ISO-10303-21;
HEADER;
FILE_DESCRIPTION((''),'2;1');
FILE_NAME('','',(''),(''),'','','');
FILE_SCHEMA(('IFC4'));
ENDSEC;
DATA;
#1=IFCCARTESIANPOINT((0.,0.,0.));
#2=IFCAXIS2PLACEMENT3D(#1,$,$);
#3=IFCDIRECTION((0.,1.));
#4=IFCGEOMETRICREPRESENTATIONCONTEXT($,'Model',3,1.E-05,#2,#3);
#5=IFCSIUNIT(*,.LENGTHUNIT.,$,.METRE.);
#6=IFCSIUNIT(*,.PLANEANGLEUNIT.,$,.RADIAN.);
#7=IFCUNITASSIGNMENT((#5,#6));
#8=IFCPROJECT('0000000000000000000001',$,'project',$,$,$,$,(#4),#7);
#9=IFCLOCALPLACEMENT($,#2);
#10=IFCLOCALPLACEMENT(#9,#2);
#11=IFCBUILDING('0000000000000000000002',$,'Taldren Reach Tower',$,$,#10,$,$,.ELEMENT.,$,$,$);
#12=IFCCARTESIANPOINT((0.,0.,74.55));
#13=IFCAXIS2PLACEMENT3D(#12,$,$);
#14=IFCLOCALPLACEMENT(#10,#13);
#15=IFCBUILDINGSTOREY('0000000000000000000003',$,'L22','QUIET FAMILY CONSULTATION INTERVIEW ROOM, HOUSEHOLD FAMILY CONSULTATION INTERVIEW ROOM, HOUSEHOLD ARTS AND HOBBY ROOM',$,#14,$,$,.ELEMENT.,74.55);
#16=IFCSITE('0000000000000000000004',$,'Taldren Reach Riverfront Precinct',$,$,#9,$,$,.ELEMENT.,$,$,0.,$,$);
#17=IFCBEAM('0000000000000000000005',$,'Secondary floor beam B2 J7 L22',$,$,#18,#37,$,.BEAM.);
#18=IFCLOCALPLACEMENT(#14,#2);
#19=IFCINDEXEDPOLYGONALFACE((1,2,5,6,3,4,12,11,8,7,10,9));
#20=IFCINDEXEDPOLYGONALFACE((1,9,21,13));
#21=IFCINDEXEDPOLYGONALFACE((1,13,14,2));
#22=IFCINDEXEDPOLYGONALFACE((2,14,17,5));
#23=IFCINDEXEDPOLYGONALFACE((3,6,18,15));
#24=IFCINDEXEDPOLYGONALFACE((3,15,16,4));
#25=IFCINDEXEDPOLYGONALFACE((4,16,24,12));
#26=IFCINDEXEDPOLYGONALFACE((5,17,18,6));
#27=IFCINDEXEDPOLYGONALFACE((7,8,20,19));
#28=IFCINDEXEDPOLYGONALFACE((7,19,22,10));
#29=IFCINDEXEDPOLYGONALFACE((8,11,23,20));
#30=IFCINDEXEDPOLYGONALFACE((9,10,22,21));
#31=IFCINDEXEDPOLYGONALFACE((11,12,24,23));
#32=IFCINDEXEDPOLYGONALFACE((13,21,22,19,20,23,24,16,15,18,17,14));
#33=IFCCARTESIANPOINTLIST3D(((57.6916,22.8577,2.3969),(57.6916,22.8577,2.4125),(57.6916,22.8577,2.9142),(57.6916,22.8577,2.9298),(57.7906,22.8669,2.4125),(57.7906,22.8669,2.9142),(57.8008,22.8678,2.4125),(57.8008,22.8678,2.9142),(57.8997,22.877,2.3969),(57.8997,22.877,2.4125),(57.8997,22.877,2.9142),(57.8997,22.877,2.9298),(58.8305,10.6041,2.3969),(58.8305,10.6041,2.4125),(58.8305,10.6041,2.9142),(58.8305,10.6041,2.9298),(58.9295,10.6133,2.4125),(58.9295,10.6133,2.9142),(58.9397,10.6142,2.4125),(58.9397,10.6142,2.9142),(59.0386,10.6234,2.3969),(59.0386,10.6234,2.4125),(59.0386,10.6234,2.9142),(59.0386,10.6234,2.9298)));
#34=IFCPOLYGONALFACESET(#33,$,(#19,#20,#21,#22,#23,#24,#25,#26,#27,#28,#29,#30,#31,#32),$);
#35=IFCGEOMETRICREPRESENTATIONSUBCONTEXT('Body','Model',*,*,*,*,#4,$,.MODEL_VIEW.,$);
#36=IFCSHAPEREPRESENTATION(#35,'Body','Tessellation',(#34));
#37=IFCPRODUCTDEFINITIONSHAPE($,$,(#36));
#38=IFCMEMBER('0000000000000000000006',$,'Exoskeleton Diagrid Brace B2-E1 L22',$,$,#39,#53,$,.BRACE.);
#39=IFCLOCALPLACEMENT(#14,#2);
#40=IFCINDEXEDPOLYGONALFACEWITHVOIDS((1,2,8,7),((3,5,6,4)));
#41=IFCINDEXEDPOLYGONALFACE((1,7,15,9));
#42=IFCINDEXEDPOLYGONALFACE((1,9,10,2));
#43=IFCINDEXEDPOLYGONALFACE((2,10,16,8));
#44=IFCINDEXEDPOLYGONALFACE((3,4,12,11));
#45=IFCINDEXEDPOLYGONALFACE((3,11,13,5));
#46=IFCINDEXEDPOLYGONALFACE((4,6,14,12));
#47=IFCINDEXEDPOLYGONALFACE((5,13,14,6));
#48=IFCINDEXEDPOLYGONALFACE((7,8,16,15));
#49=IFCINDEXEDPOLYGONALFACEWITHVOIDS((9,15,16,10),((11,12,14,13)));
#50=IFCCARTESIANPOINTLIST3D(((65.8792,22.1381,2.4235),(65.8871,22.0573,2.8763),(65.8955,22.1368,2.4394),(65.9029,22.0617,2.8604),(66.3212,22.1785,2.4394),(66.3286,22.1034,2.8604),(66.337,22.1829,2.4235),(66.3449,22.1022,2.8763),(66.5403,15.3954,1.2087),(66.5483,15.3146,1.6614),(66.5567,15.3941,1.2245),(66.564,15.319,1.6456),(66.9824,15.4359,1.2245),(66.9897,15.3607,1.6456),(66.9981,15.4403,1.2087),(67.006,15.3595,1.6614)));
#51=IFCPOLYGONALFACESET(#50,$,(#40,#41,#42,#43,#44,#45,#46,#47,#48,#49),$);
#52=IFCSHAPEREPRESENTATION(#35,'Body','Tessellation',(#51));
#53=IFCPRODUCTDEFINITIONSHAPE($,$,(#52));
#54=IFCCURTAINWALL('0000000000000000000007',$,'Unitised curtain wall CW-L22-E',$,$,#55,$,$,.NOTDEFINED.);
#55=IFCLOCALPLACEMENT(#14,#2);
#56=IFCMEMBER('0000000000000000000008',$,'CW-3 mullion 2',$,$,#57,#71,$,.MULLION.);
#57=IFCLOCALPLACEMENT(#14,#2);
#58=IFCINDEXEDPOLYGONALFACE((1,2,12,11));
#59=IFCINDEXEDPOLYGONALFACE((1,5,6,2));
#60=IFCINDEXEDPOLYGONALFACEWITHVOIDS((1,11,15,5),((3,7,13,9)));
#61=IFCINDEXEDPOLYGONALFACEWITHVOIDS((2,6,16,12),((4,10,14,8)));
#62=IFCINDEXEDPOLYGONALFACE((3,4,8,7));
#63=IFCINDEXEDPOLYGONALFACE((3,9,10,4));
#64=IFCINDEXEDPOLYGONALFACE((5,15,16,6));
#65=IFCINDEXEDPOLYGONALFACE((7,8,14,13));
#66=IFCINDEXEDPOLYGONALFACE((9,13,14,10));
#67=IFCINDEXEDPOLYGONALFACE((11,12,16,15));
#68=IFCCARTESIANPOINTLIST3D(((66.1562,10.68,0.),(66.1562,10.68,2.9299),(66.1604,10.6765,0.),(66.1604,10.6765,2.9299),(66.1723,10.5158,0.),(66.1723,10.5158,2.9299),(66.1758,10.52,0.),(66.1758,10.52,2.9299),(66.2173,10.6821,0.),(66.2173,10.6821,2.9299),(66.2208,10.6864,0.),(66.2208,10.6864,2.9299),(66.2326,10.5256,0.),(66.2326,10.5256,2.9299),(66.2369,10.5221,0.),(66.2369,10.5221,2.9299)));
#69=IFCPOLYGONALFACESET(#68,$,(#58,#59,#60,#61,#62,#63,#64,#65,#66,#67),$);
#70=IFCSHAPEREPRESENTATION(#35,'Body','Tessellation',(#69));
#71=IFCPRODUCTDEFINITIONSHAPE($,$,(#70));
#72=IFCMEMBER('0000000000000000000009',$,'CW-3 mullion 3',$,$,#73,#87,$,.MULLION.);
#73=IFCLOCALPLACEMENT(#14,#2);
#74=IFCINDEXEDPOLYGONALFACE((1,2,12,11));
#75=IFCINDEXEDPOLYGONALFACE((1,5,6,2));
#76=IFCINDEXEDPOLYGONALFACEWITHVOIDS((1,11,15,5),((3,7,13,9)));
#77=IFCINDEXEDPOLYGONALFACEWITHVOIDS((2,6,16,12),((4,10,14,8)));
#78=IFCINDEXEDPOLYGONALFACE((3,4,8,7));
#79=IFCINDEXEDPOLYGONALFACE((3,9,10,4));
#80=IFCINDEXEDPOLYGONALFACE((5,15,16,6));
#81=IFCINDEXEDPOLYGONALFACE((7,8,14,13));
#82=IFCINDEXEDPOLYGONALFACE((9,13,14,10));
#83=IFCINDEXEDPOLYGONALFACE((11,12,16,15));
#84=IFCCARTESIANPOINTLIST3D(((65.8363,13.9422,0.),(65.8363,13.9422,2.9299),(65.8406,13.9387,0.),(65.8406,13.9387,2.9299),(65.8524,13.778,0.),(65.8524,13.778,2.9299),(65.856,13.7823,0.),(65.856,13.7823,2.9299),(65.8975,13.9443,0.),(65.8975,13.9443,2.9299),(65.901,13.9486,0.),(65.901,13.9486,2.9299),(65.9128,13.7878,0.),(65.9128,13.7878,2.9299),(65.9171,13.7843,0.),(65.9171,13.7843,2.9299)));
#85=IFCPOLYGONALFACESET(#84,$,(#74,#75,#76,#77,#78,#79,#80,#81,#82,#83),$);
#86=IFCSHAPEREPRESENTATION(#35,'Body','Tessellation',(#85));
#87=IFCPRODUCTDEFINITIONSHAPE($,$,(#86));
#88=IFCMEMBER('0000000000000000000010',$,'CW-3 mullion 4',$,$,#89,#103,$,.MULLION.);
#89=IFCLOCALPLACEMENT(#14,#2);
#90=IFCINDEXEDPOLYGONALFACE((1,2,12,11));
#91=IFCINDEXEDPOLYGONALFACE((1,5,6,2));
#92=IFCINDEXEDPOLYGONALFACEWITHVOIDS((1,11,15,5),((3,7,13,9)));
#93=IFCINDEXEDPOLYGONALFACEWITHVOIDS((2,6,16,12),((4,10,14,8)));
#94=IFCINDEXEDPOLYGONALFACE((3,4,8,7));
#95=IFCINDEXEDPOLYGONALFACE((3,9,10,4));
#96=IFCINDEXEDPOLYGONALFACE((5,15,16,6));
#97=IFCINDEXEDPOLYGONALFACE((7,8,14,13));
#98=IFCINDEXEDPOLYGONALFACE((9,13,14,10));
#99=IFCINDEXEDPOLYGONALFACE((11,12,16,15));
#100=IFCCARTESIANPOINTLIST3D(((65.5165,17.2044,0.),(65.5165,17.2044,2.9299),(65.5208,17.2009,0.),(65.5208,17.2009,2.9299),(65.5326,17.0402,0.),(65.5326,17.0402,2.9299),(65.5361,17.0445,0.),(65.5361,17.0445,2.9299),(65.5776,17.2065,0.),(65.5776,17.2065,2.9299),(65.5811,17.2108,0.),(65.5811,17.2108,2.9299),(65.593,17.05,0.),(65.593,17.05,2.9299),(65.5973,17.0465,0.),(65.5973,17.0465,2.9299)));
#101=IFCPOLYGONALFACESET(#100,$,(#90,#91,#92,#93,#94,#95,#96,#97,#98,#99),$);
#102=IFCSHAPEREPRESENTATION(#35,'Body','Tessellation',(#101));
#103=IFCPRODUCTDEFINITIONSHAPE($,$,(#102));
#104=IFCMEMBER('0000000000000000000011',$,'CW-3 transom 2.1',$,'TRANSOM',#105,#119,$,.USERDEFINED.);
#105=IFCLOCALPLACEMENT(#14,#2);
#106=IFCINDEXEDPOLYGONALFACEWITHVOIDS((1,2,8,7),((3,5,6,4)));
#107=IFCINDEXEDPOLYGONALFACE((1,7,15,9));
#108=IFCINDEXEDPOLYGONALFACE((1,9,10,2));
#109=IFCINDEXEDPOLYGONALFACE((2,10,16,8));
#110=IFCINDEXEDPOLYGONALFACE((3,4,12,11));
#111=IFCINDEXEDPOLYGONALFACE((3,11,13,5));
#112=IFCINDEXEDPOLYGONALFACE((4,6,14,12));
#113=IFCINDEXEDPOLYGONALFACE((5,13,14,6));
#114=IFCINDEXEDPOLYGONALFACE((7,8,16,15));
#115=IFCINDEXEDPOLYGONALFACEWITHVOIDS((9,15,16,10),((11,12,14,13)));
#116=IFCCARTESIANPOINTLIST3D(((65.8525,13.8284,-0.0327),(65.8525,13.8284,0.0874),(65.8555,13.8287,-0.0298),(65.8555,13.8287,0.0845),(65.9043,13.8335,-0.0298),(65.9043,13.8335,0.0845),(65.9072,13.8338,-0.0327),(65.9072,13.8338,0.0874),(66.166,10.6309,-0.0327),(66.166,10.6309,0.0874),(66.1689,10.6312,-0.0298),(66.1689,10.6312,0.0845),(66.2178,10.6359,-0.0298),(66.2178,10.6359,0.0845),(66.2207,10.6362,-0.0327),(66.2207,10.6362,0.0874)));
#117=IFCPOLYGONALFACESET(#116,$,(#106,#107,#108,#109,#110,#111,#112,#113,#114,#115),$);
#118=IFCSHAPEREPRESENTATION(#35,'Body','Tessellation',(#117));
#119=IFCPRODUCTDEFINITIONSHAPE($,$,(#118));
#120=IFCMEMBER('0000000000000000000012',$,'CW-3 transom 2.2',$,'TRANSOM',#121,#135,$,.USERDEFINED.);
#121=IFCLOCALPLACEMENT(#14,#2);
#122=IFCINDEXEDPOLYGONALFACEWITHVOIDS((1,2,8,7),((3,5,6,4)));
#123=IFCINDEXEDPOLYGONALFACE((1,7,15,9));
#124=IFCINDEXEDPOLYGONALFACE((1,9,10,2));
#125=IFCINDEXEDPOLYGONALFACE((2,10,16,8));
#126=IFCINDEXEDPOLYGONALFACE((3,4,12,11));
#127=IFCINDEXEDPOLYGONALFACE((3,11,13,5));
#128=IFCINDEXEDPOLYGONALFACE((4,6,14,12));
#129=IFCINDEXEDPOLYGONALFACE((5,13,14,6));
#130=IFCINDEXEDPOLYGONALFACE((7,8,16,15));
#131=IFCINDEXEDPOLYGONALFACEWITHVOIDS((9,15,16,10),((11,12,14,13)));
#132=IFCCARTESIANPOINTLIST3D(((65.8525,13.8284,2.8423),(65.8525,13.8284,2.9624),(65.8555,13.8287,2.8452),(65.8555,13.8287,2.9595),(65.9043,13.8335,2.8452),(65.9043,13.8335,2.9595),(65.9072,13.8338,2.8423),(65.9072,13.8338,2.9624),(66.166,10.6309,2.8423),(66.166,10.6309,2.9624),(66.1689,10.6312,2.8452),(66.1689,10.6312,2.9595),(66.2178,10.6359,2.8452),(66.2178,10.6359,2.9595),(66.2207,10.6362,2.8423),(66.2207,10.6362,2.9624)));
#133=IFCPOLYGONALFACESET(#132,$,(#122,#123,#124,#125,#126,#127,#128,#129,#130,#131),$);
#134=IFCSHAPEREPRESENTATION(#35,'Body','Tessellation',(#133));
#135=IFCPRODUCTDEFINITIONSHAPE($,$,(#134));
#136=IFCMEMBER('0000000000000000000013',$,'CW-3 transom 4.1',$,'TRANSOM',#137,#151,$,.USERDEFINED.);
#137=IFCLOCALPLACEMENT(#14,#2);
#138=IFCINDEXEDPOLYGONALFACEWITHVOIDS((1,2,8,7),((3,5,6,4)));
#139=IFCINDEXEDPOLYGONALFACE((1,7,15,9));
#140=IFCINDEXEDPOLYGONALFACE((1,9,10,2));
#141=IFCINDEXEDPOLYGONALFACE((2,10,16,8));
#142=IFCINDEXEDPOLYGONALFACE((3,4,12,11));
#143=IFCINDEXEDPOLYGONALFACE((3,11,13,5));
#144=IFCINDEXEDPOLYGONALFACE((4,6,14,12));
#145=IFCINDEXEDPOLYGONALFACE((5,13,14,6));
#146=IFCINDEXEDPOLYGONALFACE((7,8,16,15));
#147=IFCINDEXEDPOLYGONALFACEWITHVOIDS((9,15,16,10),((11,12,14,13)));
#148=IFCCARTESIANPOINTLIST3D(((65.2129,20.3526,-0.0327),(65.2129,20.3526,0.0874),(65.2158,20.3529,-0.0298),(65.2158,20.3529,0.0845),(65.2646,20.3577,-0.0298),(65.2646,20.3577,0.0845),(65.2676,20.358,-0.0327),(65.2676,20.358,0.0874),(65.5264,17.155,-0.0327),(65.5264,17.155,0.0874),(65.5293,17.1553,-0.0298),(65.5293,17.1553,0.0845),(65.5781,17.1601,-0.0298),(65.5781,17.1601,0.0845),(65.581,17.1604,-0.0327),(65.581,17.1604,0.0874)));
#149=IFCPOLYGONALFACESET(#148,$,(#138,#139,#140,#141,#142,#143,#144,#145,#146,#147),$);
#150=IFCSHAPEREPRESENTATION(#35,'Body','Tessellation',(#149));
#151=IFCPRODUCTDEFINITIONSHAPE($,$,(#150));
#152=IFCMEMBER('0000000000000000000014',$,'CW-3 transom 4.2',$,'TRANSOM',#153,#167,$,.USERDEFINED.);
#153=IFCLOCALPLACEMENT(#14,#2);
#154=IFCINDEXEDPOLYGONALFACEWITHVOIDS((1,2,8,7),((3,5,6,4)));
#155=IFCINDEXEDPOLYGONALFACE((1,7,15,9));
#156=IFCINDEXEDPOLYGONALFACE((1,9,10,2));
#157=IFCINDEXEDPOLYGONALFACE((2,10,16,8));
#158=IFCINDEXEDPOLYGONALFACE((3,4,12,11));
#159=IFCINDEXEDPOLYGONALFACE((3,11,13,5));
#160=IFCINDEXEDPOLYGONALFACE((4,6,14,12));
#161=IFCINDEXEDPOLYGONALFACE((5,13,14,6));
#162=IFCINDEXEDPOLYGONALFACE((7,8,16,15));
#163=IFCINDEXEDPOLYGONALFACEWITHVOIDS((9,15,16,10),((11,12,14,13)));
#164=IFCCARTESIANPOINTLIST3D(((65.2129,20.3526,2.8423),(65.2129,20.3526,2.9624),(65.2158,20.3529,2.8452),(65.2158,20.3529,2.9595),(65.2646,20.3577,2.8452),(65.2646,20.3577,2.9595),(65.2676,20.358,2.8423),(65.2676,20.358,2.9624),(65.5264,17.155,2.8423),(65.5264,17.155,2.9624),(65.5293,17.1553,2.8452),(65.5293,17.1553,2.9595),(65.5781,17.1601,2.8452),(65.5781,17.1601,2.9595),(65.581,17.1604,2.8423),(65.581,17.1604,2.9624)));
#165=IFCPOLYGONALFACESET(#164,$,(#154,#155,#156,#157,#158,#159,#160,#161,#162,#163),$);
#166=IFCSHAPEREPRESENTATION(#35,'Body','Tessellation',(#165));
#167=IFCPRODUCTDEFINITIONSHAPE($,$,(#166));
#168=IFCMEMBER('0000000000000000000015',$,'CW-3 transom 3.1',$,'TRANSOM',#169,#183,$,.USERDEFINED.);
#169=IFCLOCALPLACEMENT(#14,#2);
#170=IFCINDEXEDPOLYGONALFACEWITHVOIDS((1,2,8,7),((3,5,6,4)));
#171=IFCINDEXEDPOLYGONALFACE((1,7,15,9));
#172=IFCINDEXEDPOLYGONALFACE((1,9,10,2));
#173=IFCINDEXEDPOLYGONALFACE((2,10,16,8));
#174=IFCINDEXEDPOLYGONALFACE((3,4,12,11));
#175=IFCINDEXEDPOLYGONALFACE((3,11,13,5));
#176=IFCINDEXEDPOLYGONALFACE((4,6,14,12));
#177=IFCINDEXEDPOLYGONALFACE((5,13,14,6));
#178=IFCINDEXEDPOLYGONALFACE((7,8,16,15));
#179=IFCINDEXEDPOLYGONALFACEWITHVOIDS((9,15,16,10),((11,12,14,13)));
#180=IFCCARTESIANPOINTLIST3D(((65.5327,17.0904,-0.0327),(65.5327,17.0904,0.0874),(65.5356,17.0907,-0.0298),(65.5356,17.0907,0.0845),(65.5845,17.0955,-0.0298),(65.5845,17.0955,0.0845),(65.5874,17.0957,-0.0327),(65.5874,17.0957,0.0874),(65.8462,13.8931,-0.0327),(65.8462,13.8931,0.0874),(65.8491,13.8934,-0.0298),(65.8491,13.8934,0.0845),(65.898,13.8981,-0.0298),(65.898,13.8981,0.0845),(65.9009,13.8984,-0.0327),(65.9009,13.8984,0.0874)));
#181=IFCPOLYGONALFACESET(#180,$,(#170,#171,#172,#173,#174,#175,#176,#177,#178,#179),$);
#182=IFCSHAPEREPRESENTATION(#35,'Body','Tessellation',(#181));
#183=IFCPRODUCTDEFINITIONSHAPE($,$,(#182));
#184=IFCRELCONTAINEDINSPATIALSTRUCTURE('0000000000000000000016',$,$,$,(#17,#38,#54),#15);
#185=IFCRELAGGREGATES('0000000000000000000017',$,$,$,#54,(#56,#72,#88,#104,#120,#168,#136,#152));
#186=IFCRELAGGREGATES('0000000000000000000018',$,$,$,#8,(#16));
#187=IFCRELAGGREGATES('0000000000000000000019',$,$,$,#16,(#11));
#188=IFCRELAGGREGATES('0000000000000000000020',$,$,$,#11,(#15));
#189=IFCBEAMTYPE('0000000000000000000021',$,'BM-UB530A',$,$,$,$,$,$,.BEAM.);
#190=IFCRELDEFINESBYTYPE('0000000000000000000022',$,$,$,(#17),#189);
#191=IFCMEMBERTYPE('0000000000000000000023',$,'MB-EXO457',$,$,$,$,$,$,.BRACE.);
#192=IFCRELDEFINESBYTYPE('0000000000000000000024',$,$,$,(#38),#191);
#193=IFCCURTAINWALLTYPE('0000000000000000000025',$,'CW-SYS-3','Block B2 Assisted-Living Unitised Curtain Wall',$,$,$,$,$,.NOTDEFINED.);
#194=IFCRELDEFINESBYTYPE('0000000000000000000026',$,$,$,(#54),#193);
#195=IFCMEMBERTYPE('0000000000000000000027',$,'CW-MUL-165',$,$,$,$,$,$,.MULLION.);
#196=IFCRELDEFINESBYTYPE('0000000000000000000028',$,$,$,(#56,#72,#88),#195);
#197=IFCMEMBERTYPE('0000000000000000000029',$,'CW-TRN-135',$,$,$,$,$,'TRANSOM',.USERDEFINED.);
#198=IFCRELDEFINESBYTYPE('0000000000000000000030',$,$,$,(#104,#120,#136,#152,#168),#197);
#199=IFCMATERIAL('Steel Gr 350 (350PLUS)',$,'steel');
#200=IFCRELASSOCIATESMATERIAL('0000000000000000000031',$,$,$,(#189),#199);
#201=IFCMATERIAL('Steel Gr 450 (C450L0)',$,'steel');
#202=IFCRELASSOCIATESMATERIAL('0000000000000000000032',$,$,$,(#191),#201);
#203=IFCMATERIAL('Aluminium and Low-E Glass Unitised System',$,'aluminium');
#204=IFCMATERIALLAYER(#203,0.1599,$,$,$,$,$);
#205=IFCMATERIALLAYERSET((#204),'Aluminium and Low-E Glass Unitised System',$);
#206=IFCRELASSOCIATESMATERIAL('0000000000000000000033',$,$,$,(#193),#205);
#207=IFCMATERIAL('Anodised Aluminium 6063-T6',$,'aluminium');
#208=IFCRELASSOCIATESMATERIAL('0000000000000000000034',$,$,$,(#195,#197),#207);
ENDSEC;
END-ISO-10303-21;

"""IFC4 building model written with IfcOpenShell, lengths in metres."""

from ifc_helpers import new_model, si_unit, direction, frame, origin, origin_2d, place, context, subcontext, project, spatial, hollow_rectangle, i_section, extrude, source, transform, mapped, material, layer, layer_set, material_profile, profile_set, type_object, element, aggregate, save


model = new_model("IFC4")

# Units and contexts
model_context = context("Model", 3, precision=1e-05, world=origin(), true_north=direction((0.0, 1.0)))
body_context = subcontext(model_context, "Body", "Model", "MODEL_VIEW")
ifc_project = project(units=[si_unit("LENGTHUNIT", "METRE"), si_unit("PLANEANGLEUNIT", "RADIAN")], contexts=[model_context])

# Site, building, storey
site_placement = place(None, origin())
site = spatial("IfcSite", under=ifc_project, at=site_placement, Name="Taldren Reach Riverfront Precinct", CompositionType="ELEMENT", RefElevation=0.0)
building_placement = place(site_placement, origin())
building = spatial("IfcBuilding", under=site, at=building_placement, Name="Taldren Reach Tower", CompositionType="ELEMENT")
storey_placement = place(building_placement, frame((0.0, 0.0, 74.55)))
storey = spatial("IfcBuildingStorey", under=building, at=storey_placement, Name="L22", Description="QUIET FAMILY CONSULTATION INTERVIEW ROOM, HOUSEHOLD FAMILY CONSULTATION INTERVIEW ROOM, HOUSEHOLD ARTS AND HOBBY ROOM", CompositionType="ELEMENT", Elevation=74.55)

# Beam
ifc_material_1 = material(Name="Steel Gr 350 (350PLUS)", Category="steel")
ifc_material_profile_1 = material_profile(ifc_material_1, i_section(OverallWidth=0.209, OverallDepth=0.533, WebThickness=0.0103, FlangeThickness=0.0156, at=origin_2d()), Name="530UB92.4")
ifc_profile_set_1 = profile_set([ifc_material_profile_1], Name="Steel Gr 350 (350PLUS)")
beam_type = type_object("IfcBeamType", Name="BM-UB530A", PredefinedType="BEAM", material=ifc_profile_set_1)
shared_shape_1 = source(origin(), body_context, "Body", "SweptSolid", [
    extrude(i_section(OverallWidth=0.209, OverallDepth=0.533, WebThickness=0.0103, FlangeThickness=0.0156, at=origin_2d()), origin(), (0.0, 0.0, 1.0), 12.3064),
])
beam_placement = place(storey_placement, frame((58.9346, 10.6138, 2.6633), z_axis=(-0.092546, 0.995708, 0.0), x_axis=(-0.995708, -0.092546, 0.0)))
element("IfcBeam", 1, at=beam_placement, inside=storey, type_object=beam_type, Name="Secondary floor beam B2 J7 L22", PredefinedType="BEAM", context=body_context, shape_type="MappedRepresentation", body=[
    mapped(shared_shape_1, transform((0.0, 0.0, 0.0), scale=1.0)),
])

# Member
ifc_material_2 = material(Name="Steel Gr 450 (C450L0)", Category="steel")
ifc_material_profile_2 = material_profile(ifc_material_2, hollow_rectangle(XDim=0.46, YDim=0.46, WallThickness=0.0161, at=origin_2d()), Name="460x460x16.0SHS")
ifc_profile_set_2 = profile_set([ifc_material_profile_2], Name="Steel Gr 450 (C450L0)")
member_type_1 = type_object("IfcMemberType", Name="MB-EXO457", PredefinedType="BRACE", material=ifc_profile_set_2)
shared_shape_2 = source(origin(), body_context, "Body", "SweptSolid", [
    extrude(hollow_rectangle(XDim=0.46, YDim=0.46, WallThickness=0.0161, at=origin_2d()), origin(), (0.0, 0.0, 1.0), 6.8831),
])
member_1_placement = place(storey_placement, frame((66.7732, 15.3774, 1.4351), z_axis=(-0.096052, 0.979603, 0.176497), x_axis=(-0.995227, -0.097584, 0.0)))
element("IfcMember", 2, at=member_1_placement, inside=storey, type_object=member_type_1, Name="Exoskeleton Diagrid Brace B2-E1 L22", PredefinedType="BRACE", context=body_context, shape_type="MappedRepresentation", body=[
    mapped(shared_shape_2, transform((0.0, 0.0, 0.0), scale=1.0)),
])

# Curtain wall, members
ifc_material_3 = material(Name="Aluminium and Low-E Glass Unitised System", Category="aluminium")
ifc_layer_1 = layer(ifc_material_3, 0.1599)
ifc_layer_set_1 = layer_set([ifc_layer_1], Name="Aluminium and Low-E Glass Unitised System")
curtain_wall_type = type_object("IfcCurtainWallType", Name="CW-SYS-3", Description="Block B2 Assisted-Living Unitised Curtain Wall", PredefinedType="NOTDEFINED", material=ifc_layer_set_1)
curtain_wall_placement = place(storey_placement, origin())
curtain_wall = element("IfcCurtainWall", 3, at=curtain_wall_placement, inside=storey, type_object=curtain_wall_type, Name="Unitised curtain wall CW-L22-E", PredefinedType="NOTDEFINED")
ifc_material_4 = material(Name="Anodised Aluminium 6063-T6", Category="aluminium")
ifc_material_profile_3 = material_profile(ifc_material_4, hollow_rectangle(XDim=0.0649, YDim=0.165, WallThickness=0.0039, at=origin_2d()), Name="ALU-165x65x4RHS")
ifc_profile_set_3 = profile_set([ifc_material_profile_3], Name="Anodised Aluminium 6063-T6")
member_type_2 = type_object("IfcMemberType", Name="CW-MUL-165", PredefinedType="MULLION", material=ifc_profile_set_3)
shared_shape_3 = source(origin(), body_context, "Body", "SweptSolid", [
    extrude(hollow_rectangle(XDim=0.0649, YDim=0.165, WallThickness=0.0039, at=origin_2d()), origin(), (0.0, 0.0, 1.0), 2.9299),
])
member_2_placement = place(storey_placement, frame((66.1965, 10.6011, 0.0), z_axis=(0.0, 0.0, 1.0), x_axis=(-0.995227, -0.097583, 0.0)))
member_2 = element("IfcMember", 4, at=member_2_placement, type_object=member_type_2, Name="CW-3 mullion 2", PredefinedType="MULLION", context=body_context, shape_type="MappedRepresentation", body=[
    mapped(shared_shape_3, transform((0.0, 0.0, 0.0), scale=1.0)),
])
member_3_placement = place(storey_placement, frame((65.8767, 13.8633, 0.0), z_axis=(0.0, 0.0, 1.0), x_axis=(-0.995227, -0.097583, 0.0)))
member_3 = element("IfcMember", 5, at=member_3_placement, type_object=member_type_2, Name="CW-3 mullion 3", PredefinedType="MULLION", context=body_context, shape_type="MappedRepresentation", body=[
    mapped(shared_shape_3, transform((0.0, 0.0, 0.0), scale=1.0)),
])
member_4_placement = place(storey_placement, frame((65.5569, 17.1255, 0.0), z_axis=(0.0, 0.0, 1.0), x_axis=(-0.995227, -0.097583, 0.0)))
member_4 = element("IfcMember", 6, at=member_4_placement, type_object=member_type_2, Name="CW-3 mullion 4", PredefinedType="MULLION", context=body_context, shape_type="MappedRepresentation", body=[
    mapped(shared_shape_3, transform((0.0, 0.0, 0.0), scale=1.0)),
])
ifc_material_profile_4 = material_profile(ifc_material_4, hollow_rectangle(XDim=0.0549, YDim=0.1201, WallThickness=0.0029, at=origin_2d()), Name="ALU-120x55x3RHS")
ifc_profile_set_4 = profile_set([ifc_material_profile_4], Name="Anodised Aluminium 6063-T6")
member_type_3 = type_object("IfcMemberType", Name="CW-TRN-135", ElementType="TRANSOM", PredefinedType="USERDEFINED", material=ifc_profile_set_4)
shared_shape_4 = source(origin(), body_context, "Body", "SweptSolid", [
    extrude(hollow_rectangle(XDim=0.0549, YDim=0.1201, WallThickness=0.0029, at=origin_2d()), origin(), (0.0, 0.0, 1.0), 3.2129),
])
member_5_placement = place(storey_placement, frame((66.1934, 10.6335, 0.0273), z_axis=(-0.09757, 0.995229, 0.0), x_axis=(-0.995229, -0.09757, 0.0)))
member_5 = element("IfcMember", 7, at=member_5_placement, type_object=member_type_3, Name="CW-3 transom 2.1", ObjectType="TRANSOM", PredefinedType="USERDEFINED", context=body_context, shape_type="MappedRepresentation", body=[
    mapped(shared_shape_4, transform((0.0, 0.0, 0.0), scale=1.0)),
])
member_6_placement = place(storey_placement, frame((66.1934, 10.6335, 2.9023), z_axis=(-0.09757, 0.995229, 0.0), x_axis=(-0.995229, -0.09757, 0.0)))
member_6 = element("IfcMember", 8, at=member_6_placement, type_object=member_type_3, Name="CW-3 transom 2.2", ObjectType="TRANSOM", PredefinedType="USERDEFINED", context=body_context, shape_type="MappedRepresentation", body=[
    mapped(shared_shape_4, transform((0.0, 0.0, 0.0), scale=1.0)),
])
member_7_placement = place(storey_placement, frame((65.5537, 17.1577, 0.0273), z_axis=(-0.09757, 0.995229, 0.0), x_axis=(-0.995229, -0.09757, 0.0)))
member_7 = element("IfcMember", 9, at=member_7_placement, type_object=member_type_3, Name="CW-3 transom 4.1", ObjectType="TRANSOM", PredefinedType="USERDEFINED", context=body_context, shape_type="MappedRepresentation", body=[
    mapped(shared_shape_4, transform((0.0, 0.0, 0.0), scale=1.0)),
])
member_8_placement = place(storey_placement, frame((65.5537, 17.1577, 2.9023), z_axis=(-0.09757, 0.995229, 0.0), x_axis=(-0.995229, -0.09757, 0.0)))
member_8 = element("IfcMember", 10, at=member_8_placement, type_object=member_type_3, Name="CW-3 transom 4.2", ObjectType="TRANSOM", PredefinedType="USERDEFINED", context=body_context, shape_type="MappedRepresentation", body=[
    mapped(shared_shape_4, transform((0.0, 0.0, 0.0), scale=1.0)),
])
shared_shape_5 = source(origin(), body_context, "Body", "SweptSolid", [
    extrude(hollow_rectangle(XDim=0.0549, YDim=0.1201, WallThickness=0.0029, at=origin_2d()), origin(), (0.0, 0.0, 1.0), 3.2126),
])
member_9_placement = place(storey_placement, frame((65.8735, 13.8958, 0.0273), z_axis=(-0.097577, 0.995228, 0.0), x_axis=(-0.995228, -0.097577, 0.0)))
member_9 = element("IfcMember", 11, at=member_9_placement, type_object=member_type_3, Name="CW-3 transom 3.1", ObjectType="TRANSOM", PredefinedType="USERDEFINED", context=body_context, shape_type="MappedRepresentation", body=[
    mapped(shared_shape_5, transform((0.0, 0.0, 0.0), scale=1.0)),
])
aggregate(curtain_wall, [member_2, member_3, member_4, member_5, member_6, member_9, member_7, member_8])

save(model, "model.ifc")
